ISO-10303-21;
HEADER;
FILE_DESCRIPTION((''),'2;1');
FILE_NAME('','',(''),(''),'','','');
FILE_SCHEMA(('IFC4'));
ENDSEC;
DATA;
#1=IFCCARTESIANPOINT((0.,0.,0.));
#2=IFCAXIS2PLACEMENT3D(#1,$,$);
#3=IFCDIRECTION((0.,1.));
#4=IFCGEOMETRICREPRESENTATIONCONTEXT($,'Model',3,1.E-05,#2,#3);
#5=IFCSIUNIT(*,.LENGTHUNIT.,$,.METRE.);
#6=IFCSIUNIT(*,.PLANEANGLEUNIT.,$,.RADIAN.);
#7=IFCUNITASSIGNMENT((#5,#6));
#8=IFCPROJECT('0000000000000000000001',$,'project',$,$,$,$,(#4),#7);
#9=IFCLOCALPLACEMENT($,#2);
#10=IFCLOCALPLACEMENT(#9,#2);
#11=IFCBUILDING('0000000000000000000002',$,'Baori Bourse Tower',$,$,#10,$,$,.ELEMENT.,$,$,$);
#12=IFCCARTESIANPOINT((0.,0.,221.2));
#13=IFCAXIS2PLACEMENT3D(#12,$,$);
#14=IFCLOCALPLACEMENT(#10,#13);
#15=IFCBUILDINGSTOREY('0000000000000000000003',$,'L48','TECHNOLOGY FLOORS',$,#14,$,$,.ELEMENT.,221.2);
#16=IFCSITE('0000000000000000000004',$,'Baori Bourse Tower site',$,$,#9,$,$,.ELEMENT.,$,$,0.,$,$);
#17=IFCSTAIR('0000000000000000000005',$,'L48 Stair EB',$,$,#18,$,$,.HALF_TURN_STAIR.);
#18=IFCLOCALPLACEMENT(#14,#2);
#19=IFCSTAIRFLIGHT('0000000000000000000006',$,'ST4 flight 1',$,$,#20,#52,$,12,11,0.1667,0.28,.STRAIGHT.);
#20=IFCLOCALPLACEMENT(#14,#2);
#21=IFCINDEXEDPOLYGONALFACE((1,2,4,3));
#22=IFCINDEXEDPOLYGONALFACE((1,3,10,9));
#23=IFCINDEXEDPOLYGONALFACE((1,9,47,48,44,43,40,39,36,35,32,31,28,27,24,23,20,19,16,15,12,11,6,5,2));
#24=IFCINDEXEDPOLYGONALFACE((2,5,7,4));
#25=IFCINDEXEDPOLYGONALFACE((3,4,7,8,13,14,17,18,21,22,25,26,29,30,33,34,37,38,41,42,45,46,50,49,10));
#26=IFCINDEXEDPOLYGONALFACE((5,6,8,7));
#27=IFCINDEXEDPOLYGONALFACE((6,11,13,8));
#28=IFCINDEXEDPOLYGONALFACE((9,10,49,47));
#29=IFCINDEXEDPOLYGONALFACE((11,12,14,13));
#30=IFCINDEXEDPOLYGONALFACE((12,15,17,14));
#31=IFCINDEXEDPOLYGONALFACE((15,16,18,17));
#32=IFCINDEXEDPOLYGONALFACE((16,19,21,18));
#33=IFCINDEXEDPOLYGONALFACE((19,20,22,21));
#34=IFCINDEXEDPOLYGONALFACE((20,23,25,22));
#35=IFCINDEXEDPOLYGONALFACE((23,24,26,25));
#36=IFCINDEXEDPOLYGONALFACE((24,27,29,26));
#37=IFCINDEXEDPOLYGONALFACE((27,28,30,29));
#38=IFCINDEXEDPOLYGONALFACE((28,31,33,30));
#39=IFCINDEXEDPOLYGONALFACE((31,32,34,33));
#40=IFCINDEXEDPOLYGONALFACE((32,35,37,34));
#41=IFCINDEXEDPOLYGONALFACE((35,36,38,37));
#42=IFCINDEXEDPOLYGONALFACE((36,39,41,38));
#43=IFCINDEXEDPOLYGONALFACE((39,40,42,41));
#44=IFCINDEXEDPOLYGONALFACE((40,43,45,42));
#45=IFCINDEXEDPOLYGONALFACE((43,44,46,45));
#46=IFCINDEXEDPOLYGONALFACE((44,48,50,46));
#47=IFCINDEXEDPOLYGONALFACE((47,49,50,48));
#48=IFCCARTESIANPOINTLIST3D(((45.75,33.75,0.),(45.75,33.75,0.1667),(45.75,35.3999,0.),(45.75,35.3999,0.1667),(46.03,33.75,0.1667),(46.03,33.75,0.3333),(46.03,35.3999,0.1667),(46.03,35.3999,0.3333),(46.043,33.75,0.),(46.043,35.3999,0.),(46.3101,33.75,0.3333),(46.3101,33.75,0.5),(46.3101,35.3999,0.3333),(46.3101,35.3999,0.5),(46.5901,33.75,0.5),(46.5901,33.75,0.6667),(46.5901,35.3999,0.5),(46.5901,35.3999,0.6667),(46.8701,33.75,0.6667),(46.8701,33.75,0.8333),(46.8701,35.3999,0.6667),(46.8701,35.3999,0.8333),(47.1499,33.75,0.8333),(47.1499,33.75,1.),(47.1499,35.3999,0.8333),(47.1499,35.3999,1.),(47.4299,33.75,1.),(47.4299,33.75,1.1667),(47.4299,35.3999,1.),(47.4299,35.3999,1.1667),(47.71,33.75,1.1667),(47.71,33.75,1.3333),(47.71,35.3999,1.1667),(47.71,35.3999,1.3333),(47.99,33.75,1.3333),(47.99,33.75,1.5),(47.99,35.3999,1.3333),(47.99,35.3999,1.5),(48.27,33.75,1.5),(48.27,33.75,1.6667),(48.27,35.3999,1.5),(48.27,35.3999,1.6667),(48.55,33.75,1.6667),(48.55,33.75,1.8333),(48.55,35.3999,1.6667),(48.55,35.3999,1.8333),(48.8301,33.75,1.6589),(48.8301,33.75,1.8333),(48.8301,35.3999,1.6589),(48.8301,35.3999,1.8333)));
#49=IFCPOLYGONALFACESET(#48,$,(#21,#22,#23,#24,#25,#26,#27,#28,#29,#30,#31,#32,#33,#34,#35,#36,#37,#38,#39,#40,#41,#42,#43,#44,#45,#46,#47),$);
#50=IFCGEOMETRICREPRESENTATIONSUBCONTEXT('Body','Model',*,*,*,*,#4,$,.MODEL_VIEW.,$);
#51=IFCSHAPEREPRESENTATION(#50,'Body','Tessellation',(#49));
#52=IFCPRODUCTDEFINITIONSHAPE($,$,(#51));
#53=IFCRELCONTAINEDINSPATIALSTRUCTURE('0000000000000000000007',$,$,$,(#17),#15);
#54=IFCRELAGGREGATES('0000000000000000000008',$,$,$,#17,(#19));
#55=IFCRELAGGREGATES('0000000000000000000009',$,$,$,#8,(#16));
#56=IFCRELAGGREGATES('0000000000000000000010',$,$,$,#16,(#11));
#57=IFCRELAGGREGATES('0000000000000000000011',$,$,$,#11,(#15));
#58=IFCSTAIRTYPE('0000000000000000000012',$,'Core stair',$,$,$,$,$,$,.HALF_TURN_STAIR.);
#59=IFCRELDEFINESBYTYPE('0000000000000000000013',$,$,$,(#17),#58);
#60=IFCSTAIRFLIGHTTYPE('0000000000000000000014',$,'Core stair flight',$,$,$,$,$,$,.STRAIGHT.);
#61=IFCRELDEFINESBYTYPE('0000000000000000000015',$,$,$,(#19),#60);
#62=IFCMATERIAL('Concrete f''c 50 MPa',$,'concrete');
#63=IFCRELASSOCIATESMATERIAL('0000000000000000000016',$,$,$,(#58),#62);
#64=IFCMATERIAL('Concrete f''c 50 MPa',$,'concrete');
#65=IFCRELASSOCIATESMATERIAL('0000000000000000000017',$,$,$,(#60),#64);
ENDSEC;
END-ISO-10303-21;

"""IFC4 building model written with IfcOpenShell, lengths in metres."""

from ifc_helpers import new_model, si_unit, direction, frame, origin, place, context, subcontext, project, spatial, polyline, outline, extrude, material, type_object, element, aggregate, save


model = new_model("IFC4")

# Units and contexts
model_context = context("Model", 3, precision=1e-05, world=origin(), true_north=direction((0.0, 1.0)))
body_context = subcontext(model_context, "Body", "Model", "MODEL_VIEW")
ifc_project = project(units=[si_unit("LENGTHUNIT", "METRE"), si_unit("PLANEANGLEUNIT", "RADIAN")], contexts=[model_context])

# Site, building, storey
site_placement = place(None, origin())
site = spatial("IfcSite", under=ifc_project, at=site_placement, Name="Baori Bourse Tower site", CompositionType="ELEMENT", RefElevation=0.0)
building_placement = place(site_placement, origin())
building = spatial("IfcBuilding", under=site, at=building_placement, Name="Baori Bourse Tower", CompositionType="ELEMENT")
storey_placement = place(building_placement, frame((0.0, 0.0, 221.2)))
storey = spatial("IfcBuildingStorey", under=building, at=storey_placement, Name="L48", Description="TECHNOLOGY FLOORS", CompositionType="ELEMENT", Elevation=221.2)

# Stair, stair flight
ifc_material_1 = material(Name="Concrete f'c 50 MPa", Category="concrete")
stair_type = type_object("IfcStairType", Name="Core stair", PredefinedType="HALF_TURN_STAIR", material=ifc_material_1)
stair_placement = place(storey_placement, origin())
stair = element("IfcStair", 1, at=stair_placement, inside=storey, type_object=stair_type, Name="L48 Stair EB", PredefinedType="HALF_TURN_STAIR")
ifc_material_2 = material(Name="Concrete f'c 50 MPa", Category="concrete")
stair_flight_type = type_object("IfcStairFlightType", Name="Core stair flight", PredefinedType="STRAIGHT", material=ifc_material_2)
stair_flight_placement = place(storey_placement, frame((45.75, 34.575, 0.0), z_axis=(0.0, 0.0, 1.0), x_axis=(1.0, 0.0, 0.0)))
stair_flight = element("IfcStairFlight", 2, at=stair_flight_placement, type_object=stair_flight_type, Name="ST4 flight 1", NumberOfRisers=12, NumberOfTreads=11, PredefinedType="STRAIGHT", RiserHeight=0.1667, TreadLength=0.28, context=body_context, shape_type="SweptSolid", body=[
    extrude(outline(polyline([(0.0, 0.0), (0.0, 0.1667), (0.28, 0.1667), (0.28, 0.3333), (0.5601, 0.3333), (0.5601, 0.5), (0.8401, 0.5), (0.8401, 0.6667), (1.1201, 0.6667), (1.1201, 0.8333), (1.3999, 0.8333), (1.3999, 1.0), (1.6799, 1.0), (1.6799, 1.1667), (1.96, 1.1667), (1.96, 1.3333), (2.24, 1.3333), (2.24, 1.5), (2.52, 1.5), (2.52, 1.6667), (2.8, 1.6667), (2.8, 1.8333), (3.0801, 1.8333), (3.0801, 2.0), (3.0801, 1.6589), (0.293, 0.0), (0.0, 0.0)])), frame((0.0, 0.825, 0.0), z_axis=(0.0, -1.0, 0.0), x_axis=(1.0, 0.0, 0.0)), (0.0, 0.0, 1.0), 1.6499),
])
aggregate(stair, [stair_flight])

save(model, "model.ifc")
